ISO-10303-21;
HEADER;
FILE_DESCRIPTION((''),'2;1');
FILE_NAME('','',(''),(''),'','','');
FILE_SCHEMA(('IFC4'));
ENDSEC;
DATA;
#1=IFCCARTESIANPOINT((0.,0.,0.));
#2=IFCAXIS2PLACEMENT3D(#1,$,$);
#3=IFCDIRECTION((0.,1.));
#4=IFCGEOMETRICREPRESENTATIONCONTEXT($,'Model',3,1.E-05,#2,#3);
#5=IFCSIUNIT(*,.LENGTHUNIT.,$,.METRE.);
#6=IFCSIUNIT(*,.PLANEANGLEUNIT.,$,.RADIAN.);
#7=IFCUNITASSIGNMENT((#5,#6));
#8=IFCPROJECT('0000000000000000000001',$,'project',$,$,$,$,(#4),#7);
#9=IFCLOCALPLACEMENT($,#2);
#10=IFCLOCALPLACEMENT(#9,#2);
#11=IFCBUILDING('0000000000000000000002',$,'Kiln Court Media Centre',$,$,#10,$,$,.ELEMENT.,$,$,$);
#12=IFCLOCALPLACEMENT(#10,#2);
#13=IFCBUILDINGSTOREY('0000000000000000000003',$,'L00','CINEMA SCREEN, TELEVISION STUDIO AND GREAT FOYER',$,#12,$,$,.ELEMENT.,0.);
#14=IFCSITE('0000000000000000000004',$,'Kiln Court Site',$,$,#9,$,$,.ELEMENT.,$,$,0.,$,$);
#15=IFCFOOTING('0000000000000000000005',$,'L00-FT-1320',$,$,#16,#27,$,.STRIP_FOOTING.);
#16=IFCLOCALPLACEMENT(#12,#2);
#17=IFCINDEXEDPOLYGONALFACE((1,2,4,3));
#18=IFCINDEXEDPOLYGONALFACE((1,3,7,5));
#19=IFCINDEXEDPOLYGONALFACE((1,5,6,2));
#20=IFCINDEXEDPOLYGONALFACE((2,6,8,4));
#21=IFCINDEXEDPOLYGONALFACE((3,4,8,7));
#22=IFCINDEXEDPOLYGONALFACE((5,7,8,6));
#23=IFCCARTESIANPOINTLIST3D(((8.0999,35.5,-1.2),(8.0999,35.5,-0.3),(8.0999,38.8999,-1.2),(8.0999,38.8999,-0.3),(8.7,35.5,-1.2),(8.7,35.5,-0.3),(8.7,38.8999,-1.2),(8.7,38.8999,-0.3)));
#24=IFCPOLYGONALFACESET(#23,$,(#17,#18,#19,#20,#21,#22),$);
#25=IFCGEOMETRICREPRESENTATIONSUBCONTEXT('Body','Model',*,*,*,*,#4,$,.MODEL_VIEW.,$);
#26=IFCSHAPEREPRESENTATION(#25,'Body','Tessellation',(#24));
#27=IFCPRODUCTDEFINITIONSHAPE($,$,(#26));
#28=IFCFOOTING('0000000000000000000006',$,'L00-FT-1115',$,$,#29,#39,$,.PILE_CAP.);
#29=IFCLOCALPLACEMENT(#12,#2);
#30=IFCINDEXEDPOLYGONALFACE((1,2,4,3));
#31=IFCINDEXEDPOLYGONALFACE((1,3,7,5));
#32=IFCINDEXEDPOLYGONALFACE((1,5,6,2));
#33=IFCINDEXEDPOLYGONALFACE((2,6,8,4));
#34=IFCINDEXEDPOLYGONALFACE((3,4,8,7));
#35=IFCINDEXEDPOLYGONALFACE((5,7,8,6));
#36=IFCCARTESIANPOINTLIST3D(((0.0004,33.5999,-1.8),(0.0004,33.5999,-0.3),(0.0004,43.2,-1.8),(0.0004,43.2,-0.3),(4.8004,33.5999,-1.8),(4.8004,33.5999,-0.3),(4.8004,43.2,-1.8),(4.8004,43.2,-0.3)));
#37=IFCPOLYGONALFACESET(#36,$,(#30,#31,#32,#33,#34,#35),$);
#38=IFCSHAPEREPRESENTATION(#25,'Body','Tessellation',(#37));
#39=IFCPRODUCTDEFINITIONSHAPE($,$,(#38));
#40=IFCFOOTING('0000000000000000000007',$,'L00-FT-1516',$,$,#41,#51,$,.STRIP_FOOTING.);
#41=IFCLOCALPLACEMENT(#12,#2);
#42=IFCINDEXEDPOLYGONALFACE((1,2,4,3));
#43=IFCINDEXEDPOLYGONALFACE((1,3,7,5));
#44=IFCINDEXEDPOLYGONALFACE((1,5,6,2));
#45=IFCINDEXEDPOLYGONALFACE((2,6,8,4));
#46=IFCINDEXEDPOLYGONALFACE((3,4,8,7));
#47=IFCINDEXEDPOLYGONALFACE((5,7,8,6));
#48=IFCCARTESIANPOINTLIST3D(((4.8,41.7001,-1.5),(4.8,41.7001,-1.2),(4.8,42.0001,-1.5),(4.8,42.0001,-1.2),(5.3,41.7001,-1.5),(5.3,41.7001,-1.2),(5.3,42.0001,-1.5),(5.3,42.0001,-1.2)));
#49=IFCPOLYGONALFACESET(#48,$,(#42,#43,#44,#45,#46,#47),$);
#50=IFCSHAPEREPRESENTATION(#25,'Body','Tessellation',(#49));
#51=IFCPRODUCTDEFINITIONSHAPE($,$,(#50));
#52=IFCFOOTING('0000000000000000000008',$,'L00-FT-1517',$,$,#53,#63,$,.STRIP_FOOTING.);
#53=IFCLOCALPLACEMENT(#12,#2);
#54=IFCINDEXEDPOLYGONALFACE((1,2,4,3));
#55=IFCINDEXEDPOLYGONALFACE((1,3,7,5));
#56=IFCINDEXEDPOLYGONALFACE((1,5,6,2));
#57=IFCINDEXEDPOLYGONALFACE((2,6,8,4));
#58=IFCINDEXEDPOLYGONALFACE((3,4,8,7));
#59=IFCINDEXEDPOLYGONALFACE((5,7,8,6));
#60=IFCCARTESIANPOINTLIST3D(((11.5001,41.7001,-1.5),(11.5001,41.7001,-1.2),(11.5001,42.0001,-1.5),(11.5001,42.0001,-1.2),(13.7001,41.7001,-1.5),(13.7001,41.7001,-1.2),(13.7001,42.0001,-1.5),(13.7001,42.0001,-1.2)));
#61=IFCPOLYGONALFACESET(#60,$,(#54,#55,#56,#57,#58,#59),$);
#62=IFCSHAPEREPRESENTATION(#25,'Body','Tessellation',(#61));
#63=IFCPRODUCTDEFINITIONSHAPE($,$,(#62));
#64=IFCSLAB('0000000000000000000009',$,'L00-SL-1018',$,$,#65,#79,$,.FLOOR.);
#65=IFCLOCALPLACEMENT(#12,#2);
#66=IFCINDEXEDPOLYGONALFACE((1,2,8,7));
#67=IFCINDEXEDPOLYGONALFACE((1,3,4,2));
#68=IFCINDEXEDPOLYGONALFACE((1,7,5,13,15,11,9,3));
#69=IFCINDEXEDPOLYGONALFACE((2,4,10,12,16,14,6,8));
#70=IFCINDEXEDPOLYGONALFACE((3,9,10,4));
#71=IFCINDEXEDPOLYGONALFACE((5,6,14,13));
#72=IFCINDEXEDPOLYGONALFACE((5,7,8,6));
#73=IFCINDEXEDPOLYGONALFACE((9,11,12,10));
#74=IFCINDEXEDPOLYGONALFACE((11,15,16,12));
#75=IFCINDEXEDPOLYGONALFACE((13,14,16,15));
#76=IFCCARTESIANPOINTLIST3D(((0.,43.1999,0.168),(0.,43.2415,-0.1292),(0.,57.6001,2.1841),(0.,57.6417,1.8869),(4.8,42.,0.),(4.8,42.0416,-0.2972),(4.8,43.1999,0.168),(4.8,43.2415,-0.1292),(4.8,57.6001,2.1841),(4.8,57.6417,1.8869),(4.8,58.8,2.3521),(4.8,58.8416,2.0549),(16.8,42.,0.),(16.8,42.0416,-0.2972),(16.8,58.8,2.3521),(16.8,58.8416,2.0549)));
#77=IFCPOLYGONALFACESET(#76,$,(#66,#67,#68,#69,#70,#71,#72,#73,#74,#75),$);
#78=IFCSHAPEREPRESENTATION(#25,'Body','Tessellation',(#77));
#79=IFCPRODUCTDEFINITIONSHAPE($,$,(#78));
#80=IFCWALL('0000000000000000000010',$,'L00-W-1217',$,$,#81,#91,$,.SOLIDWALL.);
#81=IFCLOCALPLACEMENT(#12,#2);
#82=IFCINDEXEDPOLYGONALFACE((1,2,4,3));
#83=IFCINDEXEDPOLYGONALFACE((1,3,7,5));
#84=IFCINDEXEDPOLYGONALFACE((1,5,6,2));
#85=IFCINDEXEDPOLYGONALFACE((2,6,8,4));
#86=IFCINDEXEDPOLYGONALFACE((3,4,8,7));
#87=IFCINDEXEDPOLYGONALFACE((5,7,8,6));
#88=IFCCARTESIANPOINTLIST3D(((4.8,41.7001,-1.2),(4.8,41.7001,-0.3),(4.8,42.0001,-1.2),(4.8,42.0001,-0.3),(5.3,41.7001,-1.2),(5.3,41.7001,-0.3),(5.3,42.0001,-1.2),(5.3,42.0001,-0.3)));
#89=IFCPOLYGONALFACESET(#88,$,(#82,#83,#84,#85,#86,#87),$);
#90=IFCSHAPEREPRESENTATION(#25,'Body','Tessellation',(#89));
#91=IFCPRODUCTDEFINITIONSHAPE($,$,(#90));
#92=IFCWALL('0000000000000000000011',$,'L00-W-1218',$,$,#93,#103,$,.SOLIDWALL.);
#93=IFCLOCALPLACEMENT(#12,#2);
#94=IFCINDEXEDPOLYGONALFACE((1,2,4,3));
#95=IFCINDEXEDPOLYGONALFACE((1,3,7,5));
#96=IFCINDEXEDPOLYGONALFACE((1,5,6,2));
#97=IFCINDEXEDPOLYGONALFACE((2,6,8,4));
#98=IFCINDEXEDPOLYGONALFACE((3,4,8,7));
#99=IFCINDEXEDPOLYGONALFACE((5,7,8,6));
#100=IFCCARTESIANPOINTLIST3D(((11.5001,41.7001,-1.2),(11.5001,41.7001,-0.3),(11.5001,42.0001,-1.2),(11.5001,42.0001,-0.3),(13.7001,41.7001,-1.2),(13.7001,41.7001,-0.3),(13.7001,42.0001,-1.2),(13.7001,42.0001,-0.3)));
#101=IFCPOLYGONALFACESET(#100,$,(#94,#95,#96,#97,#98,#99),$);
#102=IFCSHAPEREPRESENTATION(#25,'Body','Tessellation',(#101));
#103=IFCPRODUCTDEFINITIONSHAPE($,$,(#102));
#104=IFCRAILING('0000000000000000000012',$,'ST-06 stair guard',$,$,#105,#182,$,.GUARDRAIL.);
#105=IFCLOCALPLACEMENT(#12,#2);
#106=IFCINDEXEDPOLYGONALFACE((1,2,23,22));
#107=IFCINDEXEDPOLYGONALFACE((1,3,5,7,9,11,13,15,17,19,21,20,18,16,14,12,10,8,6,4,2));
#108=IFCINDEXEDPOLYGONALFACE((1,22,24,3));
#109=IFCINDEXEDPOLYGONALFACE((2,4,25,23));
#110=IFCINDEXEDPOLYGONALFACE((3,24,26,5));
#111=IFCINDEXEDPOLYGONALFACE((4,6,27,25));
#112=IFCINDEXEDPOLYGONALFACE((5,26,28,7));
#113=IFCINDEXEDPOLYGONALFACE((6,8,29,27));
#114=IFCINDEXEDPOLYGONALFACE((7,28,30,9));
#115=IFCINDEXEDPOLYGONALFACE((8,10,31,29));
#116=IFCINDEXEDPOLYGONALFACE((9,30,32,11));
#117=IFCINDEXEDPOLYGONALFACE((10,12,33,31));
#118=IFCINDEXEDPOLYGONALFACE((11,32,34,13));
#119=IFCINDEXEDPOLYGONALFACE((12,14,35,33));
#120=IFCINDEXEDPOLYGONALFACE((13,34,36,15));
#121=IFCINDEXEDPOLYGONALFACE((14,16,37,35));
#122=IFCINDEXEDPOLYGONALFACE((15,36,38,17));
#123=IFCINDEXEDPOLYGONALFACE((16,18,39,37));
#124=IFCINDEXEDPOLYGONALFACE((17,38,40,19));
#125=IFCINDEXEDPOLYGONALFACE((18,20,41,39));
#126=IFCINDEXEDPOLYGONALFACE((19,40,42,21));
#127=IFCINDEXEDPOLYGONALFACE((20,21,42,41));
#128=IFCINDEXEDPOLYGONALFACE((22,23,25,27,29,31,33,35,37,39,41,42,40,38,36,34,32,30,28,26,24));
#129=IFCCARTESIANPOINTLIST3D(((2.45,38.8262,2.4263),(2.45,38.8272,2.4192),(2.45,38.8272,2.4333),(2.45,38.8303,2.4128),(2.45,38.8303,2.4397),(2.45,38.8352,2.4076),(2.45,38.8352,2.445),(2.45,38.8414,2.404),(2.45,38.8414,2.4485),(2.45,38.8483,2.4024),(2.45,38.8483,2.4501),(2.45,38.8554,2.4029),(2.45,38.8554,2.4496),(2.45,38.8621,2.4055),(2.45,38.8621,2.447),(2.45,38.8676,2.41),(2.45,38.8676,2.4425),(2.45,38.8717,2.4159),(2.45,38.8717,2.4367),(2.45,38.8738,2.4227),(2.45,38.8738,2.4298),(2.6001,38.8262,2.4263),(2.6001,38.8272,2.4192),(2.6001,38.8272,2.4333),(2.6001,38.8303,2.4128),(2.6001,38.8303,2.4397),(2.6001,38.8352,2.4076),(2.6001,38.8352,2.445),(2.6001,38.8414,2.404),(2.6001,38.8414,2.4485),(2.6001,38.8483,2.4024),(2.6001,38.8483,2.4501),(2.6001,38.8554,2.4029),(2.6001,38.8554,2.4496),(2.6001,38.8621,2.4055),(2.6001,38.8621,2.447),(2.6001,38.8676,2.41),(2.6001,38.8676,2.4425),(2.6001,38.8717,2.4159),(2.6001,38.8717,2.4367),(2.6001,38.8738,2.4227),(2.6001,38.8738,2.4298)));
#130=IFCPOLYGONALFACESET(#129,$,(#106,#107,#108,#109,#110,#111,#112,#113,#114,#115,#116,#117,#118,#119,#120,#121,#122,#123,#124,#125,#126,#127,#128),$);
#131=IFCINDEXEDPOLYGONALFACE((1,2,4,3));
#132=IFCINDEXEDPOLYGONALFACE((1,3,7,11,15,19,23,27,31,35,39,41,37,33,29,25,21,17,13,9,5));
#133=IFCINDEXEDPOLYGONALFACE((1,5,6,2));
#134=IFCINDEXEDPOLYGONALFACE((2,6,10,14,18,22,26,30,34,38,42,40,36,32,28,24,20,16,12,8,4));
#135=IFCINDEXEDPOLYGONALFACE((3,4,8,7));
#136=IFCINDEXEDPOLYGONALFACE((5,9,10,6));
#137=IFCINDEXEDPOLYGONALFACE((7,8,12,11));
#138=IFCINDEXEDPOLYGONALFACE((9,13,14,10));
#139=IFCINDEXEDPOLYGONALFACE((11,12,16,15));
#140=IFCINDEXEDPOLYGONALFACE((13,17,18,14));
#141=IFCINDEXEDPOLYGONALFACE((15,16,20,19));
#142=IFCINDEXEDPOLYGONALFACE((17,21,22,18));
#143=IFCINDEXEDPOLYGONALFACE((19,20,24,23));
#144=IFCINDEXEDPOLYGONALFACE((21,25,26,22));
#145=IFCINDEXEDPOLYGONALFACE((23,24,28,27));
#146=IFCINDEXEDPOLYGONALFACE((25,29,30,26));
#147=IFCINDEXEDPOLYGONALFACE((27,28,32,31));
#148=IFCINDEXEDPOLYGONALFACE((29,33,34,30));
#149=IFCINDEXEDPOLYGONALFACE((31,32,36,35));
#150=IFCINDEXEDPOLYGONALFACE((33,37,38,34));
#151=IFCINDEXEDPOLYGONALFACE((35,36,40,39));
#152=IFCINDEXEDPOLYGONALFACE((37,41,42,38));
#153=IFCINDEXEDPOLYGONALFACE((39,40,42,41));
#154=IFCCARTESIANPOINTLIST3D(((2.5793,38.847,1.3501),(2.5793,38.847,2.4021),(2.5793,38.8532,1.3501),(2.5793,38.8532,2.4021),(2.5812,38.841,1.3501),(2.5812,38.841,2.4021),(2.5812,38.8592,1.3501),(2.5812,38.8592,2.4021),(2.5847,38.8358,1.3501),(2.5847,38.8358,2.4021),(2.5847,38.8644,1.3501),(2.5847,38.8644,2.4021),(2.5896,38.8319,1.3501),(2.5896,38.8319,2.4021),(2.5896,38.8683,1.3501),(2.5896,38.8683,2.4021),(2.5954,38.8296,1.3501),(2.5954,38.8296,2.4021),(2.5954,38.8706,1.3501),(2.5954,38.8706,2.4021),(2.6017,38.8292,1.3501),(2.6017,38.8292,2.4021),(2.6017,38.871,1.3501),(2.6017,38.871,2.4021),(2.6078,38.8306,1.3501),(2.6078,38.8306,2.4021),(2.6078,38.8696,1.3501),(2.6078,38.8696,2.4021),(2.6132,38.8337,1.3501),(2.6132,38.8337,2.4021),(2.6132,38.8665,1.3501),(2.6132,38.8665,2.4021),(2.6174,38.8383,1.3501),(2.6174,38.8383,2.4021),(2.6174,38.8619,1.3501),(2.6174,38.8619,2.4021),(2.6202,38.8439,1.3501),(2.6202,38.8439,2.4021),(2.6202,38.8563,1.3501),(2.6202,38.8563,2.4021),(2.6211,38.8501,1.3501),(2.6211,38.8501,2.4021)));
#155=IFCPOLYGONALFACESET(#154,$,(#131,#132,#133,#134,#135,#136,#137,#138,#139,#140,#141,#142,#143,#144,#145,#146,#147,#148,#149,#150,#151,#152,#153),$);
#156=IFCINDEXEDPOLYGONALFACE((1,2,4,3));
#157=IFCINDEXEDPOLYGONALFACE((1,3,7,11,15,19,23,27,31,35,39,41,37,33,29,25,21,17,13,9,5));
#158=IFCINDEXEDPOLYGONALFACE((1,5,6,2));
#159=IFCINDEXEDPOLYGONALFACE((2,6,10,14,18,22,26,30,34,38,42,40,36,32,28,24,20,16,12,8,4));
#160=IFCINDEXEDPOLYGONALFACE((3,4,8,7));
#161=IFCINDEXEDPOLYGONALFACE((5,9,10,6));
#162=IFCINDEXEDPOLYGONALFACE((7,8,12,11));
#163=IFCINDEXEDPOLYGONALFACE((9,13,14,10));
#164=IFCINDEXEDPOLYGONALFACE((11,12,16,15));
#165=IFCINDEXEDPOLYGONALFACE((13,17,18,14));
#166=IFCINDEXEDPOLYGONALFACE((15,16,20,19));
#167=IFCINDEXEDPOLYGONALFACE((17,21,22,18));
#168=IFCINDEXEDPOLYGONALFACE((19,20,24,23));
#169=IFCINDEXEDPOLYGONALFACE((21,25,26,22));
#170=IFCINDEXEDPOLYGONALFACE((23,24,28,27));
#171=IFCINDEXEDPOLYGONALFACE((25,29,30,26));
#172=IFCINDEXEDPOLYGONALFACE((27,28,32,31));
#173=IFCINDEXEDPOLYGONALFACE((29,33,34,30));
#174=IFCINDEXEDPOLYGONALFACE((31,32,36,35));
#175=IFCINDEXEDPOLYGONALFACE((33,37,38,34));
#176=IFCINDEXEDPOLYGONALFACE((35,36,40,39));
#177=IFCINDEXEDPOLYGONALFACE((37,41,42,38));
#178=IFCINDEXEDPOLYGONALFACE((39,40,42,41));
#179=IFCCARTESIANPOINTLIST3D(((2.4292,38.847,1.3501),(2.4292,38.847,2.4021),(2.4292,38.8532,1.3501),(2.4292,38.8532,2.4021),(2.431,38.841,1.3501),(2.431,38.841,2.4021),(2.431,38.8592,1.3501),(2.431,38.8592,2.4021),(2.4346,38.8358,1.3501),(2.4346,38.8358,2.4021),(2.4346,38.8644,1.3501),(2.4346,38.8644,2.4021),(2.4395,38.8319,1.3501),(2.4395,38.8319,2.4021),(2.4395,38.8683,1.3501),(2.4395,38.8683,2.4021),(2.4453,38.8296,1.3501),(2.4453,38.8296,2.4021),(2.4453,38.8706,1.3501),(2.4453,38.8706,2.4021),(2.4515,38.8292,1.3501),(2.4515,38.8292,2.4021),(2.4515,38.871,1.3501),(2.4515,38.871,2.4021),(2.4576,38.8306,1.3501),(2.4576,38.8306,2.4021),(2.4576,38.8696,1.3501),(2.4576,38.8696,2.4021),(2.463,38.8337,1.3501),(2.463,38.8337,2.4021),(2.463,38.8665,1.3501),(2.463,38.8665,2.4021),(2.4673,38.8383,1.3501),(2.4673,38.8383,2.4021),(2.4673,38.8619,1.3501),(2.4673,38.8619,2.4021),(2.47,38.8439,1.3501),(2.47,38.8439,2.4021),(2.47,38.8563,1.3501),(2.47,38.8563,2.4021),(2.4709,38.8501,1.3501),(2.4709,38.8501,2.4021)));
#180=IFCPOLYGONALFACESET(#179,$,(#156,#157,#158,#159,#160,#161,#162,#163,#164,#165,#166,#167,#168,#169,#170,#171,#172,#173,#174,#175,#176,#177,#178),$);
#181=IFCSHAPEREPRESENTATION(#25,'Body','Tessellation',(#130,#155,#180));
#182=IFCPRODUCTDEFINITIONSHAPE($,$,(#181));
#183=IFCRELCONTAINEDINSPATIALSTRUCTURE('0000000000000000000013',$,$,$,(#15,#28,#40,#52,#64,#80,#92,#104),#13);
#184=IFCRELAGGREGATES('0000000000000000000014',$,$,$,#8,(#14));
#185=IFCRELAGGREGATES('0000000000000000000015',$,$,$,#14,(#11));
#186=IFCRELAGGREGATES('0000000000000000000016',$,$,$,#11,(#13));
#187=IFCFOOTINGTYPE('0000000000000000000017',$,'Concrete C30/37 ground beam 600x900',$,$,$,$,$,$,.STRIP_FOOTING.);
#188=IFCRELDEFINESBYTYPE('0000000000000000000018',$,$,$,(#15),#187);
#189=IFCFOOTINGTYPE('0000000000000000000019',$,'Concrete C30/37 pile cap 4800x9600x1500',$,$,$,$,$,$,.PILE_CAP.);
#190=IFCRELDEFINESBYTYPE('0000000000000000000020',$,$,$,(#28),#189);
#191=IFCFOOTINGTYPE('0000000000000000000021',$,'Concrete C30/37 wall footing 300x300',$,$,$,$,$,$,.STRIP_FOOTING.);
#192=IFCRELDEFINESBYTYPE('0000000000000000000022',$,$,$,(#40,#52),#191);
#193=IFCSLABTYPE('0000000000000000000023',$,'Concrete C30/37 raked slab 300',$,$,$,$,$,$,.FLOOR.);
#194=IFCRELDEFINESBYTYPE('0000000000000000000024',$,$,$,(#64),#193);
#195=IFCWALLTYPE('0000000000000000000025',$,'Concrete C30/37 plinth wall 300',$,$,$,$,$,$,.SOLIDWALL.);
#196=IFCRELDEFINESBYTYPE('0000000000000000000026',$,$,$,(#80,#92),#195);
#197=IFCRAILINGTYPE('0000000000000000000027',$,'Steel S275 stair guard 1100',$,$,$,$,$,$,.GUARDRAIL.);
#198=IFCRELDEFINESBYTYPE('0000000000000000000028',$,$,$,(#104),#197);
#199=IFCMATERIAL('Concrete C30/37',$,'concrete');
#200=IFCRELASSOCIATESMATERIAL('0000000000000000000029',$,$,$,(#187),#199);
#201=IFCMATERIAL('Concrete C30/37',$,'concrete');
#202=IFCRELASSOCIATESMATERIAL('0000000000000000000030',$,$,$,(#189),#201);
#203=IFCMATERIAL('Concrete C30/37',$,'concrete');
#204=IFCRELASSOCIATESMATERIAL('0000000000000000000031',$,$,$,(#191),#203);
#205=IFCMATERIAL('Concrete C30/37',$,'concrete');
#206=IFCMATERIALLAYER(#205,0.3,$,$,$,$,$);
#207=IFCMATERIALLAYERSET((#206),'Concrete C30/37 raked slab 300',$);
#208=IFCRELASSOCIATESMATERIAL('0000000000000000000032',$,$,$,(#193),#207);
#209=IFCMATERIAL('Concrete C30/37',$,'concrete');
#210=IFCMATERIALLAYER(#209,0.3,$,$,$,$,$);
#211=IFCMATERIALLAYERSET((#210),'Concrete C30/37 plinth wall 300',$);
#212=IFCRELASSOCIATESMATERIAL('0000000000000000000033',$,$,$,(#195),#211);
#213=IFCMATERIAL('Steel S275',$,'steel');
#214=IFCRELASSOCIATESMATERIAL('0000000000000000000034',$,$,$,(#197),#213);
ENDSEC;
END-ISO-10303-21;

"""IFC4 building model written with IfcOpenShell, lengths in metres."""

from ifc_helpers import new_model, si_unit, direction, frame, frame_2d, origin, origin_2d, place, context, subcontext, project, spatial, polyline, rectangle, circle, outline, extrude, material, layer, layer_set, type_object, element, save


model = new_model("IFC4")

# Units and contexts
model_context = context("Model", 3, precision=1e-05, world=origin(), true_north=direction((0.0, 1.0)))
body_context = subcontext(model_context, "Body", "Model", "MODEL_VIEW")
ifc_project = project(units=[si_unit("LENGTHUNIT", "METRE"), si_unit("PLANEANGLEUNIT", "RADIAN")], contexts=[model_context])

# Site, building, storey
site_placement = place(None, origin())
site = spatial("IfcSite", under=ifc_project, at=site_placement, Name="Kiln Court Site", CompositionType="ELEMENT", RefElevation=0.0)
building_placement = place(site_placement, origin())
building = spatial("IfcBuilding", under=site, at=building_placement, Name="Kiln Court Media Centre", CompositionType="ELEMENT")
storey_placement = place(building_placement, origin())
storey = spatial("IfcBuildingStorey", under=building, at=storey_placement, Name="L00", Description="CINEMA SCREEN, TELEVISION STUDIO AND GREAT FOYER", CompositionType="ELEMENT", Elevation=0.0)

# Footings
ifc_material_1 = material(Name="Concrete C30/37", Category="concrete")
footing_type_1 = type_object("IfcFootingType", Name="Concrete C30/37 ground beam 600x900", PredefinedType="STRIP_FOOTING", material=ifc_material_1)
footing_1_placement = place(storey_placement, frame((8.3999, 37.2, -1.2), z_axis=(0.0, 0.0, 1.0), x_axis=(1.0, 0.0, 0.0)))
element("IfcFooting", 1, at=footing_1_placement, inside=storey, type_object=footing_type_1, Name="L00-FT-1320", PredefinedType="STRIP_FOOTING", context=body_context, shape_type="SweptSolid", body=[
    extrude(rectangle(XDim=0.6001, YDim=3.3999, at=origin_2d()), origin(), (0.0, 0.0, 1.0), 0.8999),
])
ifc_material_2 = material(Name="Concrete C30/37", Category="concrete")
footing_type_2 = type_object("IfcFootingType", Name="Concrete C30/37 pile cap 4800x9600x1500", PredefinedType="PILE_CAP", material=ifc_material_2)
footing_2_placement = place(storey_placement, frame((2.4004, 38.3999, -1.8), z_axis=(0.0, 0.0, 1.0), x_axis=(1.0, 0.0, 0.0)))
element("IfcFooting", 2, at=footing_2_placement, inside=storey, type_object=footing_type_2, Name="L00-FT-1115", PredefinedType="PILE_CAP", context=body_context, shape_type="SweptSolid", body=[
    extrude(rectangle(XDim=4.8, YDim=9.6001, at=origin_2d()), origin(), (0.0, 0.0, 1.0), 1.5),
])
ifc_material_3 = material(Name="Concrete C30/37", Category="concrete")
footing_type_3 = type_object("IfcFootingType", Name="Concrete C30/37 wall footing 300x300", PredefinedType="STRIP_FOOTING", material=ifc_material_3)
footing_3_placement = place(storey_placement, frame((5.05, 41.8501, -1.5), z_axis=(0.0, 0.0, 1.0), x_axis=(1.0, 0.0, 0.0)))
element("IfcFooting", 3, at=footing_3_placement, inside=storey, type_object=footing_type_3, Name="L00-FT-1516", PredefinedType="STRIP_FOOTING", context=body_context, shape_type="SweptSolid", body=[
    extrude(rectangle(XDim=0.5, YDim=0.3, at=origin_2d()), origin(), (0.0, 0.0, 1.0), 0.3),
])
footing_4_placement = place(storey_placement, frame((12.6001, 41.8501, -1.5), z_axis=(0.0, 0.0, 1.0), x_axis=(1.0, 0.0, 0.0)))
element("IfcFooting", 4, at=footing_4_placement, inside=storey, type_object=footing_type_3, Name="L00-FT-1517", PredefinedType="STRIP_FOOTING", context=body_context, shape_type="SweptSolid", body=[
    extrude(rectangle(XDim=2.2, YDim=0.3, at=origin_2d()), origin(), (0.0, 0.0, 1.0), 0.3),
])

# Slab
ifc_material_4 = material(Name="Concrete C30/37", Category="concrete")
ifc_layer_1 = layer(ifc_material_4, 0.3)
ifc_layer_set_1 = layer_set([ifc_layer_1], Name="Concrete C30/37 raked slab 300")
slab_type = type_object("IfcSlabType", Name="Concrete C30/37 raked slab 300", PredefinedType="FLOOR", material=ifc_layer_set_1)
slab_placement = place(storey_placement, frame((4.8, 42.0, 0.0), z_axis=(0.0, -0.138651, 0.990341), x_axis=(0.0, 0.990341, 0.138651)))
element("IfcSlab", 5, at=slab_placement, inside=storey, type_object=slab_type, Name="L00-SL-1018", PredefinedType="FLOOR", context=body_context, shape_type="SweptSolid", body=[
    extrude(outline(polyline([(0.0, 0.0), (1.2117, 0.0), (1.2117, 4.8), (15.7522, 4.8), (15.7522, 0.0), (16.9639, 0.0), (16.9639, -12.0), (0.0, -12.0), (0.0, 0.0)])), origin(), (0.0, 0.0, -1.0), 0.3),
])

# Walls
ifc_material_5 = material(Name="Concrete C30/37", Category="concrete")
ifc_layer_2 = layer(ifc_material_5, 0.3)
ifc_layer_set_2 = layer_set([ifc_layer_2], Name="Concrete C30/37 plinth wall 300")
wall_type = type_object("IfcWallType", Name="Concrete C30/37 plinth wall 300", PredefinedType="SOLIDWALL", material=ifc_layer_set_2)
wall_1_placement = place(storey_placement, frame((4.8, 41.8501, -1.2), z_axis=(0.0, 0.0, 1.0), x_axis=(1.0, 0.0, 0.0)))
element("IfcWall", 6, at=wall_1_placement, inside=storey, type_object=wall_type, Name="L00-W-1217", PredefinedType="SOLIDWALL", context=body_context, shape_type="SweptSolid", body=[
    extrude(rectangle(XDim=0.5, YDim=0.3, at=frame_2d((0.25, 0.0))), origin(), (0.0, 0.0, 1.0), 0.8999),
])
wall_2_placement = place(storey_placement, frame((11.5, 41.8501, -1.2), z_axis=(0.0, 0.0, 1.0), x_axis=(1.0, 0.0, 0.0)))
element("IfcWall", 7, at=wall_2_placement, inside=storey, type_object=wall_type, Name="L00-W-1218", PredefinedType="SOLIDWALL", context=body_context, shape_type="SweptSolid", body=[
    extrude(rectangle(XDim=2.2, YDim=0.3, at=frame_2d((1.1001, 0.0))), origin(), (0.0, 0.0, 1.0), 0.8999),
])

# Railing
ifc_material_6 = material(Name="Steel S275", Category="steel")
railing_type_1 = type_object("IfcRailingType", Name="Steel S275 stair guard 1100", PredefinedType="GUARDRAIL", material=ifc_material_6)
railing_1_placement = place(storey_placement, frame((2.6001, 38.8501, 1.3501)))
element("IfcRailing", 8, at=railing_1_placement, inside=storey, type_object=railing_type_1, Name="ST-06 stair guard", PredefinedType="GUARDRAIL", context=body_context, shape_type="SweptSolid", body=[
    extrude(circle(Radius=0.0239, at=origin_2d()), frame((0.0, 0.0, 1.0762), z_axis=(-1.0, 0.0, 0.0), x_axis=(0.0, -1.0, 0.0)), (0.0, 0.0, 1.0), 0.1501),
    extrude(circle(Radius=0.021, at=origin_2d()), origin(), (0.0, 0.0, 1.0), 1.052),
    extrude(circle(Radius=0.021, at=origin_2d()), frame((-0.1501, 0.0, 0.0)), (0.0, 0.0, 1.0), 1.052),
])

save(model, "model.ifc")
